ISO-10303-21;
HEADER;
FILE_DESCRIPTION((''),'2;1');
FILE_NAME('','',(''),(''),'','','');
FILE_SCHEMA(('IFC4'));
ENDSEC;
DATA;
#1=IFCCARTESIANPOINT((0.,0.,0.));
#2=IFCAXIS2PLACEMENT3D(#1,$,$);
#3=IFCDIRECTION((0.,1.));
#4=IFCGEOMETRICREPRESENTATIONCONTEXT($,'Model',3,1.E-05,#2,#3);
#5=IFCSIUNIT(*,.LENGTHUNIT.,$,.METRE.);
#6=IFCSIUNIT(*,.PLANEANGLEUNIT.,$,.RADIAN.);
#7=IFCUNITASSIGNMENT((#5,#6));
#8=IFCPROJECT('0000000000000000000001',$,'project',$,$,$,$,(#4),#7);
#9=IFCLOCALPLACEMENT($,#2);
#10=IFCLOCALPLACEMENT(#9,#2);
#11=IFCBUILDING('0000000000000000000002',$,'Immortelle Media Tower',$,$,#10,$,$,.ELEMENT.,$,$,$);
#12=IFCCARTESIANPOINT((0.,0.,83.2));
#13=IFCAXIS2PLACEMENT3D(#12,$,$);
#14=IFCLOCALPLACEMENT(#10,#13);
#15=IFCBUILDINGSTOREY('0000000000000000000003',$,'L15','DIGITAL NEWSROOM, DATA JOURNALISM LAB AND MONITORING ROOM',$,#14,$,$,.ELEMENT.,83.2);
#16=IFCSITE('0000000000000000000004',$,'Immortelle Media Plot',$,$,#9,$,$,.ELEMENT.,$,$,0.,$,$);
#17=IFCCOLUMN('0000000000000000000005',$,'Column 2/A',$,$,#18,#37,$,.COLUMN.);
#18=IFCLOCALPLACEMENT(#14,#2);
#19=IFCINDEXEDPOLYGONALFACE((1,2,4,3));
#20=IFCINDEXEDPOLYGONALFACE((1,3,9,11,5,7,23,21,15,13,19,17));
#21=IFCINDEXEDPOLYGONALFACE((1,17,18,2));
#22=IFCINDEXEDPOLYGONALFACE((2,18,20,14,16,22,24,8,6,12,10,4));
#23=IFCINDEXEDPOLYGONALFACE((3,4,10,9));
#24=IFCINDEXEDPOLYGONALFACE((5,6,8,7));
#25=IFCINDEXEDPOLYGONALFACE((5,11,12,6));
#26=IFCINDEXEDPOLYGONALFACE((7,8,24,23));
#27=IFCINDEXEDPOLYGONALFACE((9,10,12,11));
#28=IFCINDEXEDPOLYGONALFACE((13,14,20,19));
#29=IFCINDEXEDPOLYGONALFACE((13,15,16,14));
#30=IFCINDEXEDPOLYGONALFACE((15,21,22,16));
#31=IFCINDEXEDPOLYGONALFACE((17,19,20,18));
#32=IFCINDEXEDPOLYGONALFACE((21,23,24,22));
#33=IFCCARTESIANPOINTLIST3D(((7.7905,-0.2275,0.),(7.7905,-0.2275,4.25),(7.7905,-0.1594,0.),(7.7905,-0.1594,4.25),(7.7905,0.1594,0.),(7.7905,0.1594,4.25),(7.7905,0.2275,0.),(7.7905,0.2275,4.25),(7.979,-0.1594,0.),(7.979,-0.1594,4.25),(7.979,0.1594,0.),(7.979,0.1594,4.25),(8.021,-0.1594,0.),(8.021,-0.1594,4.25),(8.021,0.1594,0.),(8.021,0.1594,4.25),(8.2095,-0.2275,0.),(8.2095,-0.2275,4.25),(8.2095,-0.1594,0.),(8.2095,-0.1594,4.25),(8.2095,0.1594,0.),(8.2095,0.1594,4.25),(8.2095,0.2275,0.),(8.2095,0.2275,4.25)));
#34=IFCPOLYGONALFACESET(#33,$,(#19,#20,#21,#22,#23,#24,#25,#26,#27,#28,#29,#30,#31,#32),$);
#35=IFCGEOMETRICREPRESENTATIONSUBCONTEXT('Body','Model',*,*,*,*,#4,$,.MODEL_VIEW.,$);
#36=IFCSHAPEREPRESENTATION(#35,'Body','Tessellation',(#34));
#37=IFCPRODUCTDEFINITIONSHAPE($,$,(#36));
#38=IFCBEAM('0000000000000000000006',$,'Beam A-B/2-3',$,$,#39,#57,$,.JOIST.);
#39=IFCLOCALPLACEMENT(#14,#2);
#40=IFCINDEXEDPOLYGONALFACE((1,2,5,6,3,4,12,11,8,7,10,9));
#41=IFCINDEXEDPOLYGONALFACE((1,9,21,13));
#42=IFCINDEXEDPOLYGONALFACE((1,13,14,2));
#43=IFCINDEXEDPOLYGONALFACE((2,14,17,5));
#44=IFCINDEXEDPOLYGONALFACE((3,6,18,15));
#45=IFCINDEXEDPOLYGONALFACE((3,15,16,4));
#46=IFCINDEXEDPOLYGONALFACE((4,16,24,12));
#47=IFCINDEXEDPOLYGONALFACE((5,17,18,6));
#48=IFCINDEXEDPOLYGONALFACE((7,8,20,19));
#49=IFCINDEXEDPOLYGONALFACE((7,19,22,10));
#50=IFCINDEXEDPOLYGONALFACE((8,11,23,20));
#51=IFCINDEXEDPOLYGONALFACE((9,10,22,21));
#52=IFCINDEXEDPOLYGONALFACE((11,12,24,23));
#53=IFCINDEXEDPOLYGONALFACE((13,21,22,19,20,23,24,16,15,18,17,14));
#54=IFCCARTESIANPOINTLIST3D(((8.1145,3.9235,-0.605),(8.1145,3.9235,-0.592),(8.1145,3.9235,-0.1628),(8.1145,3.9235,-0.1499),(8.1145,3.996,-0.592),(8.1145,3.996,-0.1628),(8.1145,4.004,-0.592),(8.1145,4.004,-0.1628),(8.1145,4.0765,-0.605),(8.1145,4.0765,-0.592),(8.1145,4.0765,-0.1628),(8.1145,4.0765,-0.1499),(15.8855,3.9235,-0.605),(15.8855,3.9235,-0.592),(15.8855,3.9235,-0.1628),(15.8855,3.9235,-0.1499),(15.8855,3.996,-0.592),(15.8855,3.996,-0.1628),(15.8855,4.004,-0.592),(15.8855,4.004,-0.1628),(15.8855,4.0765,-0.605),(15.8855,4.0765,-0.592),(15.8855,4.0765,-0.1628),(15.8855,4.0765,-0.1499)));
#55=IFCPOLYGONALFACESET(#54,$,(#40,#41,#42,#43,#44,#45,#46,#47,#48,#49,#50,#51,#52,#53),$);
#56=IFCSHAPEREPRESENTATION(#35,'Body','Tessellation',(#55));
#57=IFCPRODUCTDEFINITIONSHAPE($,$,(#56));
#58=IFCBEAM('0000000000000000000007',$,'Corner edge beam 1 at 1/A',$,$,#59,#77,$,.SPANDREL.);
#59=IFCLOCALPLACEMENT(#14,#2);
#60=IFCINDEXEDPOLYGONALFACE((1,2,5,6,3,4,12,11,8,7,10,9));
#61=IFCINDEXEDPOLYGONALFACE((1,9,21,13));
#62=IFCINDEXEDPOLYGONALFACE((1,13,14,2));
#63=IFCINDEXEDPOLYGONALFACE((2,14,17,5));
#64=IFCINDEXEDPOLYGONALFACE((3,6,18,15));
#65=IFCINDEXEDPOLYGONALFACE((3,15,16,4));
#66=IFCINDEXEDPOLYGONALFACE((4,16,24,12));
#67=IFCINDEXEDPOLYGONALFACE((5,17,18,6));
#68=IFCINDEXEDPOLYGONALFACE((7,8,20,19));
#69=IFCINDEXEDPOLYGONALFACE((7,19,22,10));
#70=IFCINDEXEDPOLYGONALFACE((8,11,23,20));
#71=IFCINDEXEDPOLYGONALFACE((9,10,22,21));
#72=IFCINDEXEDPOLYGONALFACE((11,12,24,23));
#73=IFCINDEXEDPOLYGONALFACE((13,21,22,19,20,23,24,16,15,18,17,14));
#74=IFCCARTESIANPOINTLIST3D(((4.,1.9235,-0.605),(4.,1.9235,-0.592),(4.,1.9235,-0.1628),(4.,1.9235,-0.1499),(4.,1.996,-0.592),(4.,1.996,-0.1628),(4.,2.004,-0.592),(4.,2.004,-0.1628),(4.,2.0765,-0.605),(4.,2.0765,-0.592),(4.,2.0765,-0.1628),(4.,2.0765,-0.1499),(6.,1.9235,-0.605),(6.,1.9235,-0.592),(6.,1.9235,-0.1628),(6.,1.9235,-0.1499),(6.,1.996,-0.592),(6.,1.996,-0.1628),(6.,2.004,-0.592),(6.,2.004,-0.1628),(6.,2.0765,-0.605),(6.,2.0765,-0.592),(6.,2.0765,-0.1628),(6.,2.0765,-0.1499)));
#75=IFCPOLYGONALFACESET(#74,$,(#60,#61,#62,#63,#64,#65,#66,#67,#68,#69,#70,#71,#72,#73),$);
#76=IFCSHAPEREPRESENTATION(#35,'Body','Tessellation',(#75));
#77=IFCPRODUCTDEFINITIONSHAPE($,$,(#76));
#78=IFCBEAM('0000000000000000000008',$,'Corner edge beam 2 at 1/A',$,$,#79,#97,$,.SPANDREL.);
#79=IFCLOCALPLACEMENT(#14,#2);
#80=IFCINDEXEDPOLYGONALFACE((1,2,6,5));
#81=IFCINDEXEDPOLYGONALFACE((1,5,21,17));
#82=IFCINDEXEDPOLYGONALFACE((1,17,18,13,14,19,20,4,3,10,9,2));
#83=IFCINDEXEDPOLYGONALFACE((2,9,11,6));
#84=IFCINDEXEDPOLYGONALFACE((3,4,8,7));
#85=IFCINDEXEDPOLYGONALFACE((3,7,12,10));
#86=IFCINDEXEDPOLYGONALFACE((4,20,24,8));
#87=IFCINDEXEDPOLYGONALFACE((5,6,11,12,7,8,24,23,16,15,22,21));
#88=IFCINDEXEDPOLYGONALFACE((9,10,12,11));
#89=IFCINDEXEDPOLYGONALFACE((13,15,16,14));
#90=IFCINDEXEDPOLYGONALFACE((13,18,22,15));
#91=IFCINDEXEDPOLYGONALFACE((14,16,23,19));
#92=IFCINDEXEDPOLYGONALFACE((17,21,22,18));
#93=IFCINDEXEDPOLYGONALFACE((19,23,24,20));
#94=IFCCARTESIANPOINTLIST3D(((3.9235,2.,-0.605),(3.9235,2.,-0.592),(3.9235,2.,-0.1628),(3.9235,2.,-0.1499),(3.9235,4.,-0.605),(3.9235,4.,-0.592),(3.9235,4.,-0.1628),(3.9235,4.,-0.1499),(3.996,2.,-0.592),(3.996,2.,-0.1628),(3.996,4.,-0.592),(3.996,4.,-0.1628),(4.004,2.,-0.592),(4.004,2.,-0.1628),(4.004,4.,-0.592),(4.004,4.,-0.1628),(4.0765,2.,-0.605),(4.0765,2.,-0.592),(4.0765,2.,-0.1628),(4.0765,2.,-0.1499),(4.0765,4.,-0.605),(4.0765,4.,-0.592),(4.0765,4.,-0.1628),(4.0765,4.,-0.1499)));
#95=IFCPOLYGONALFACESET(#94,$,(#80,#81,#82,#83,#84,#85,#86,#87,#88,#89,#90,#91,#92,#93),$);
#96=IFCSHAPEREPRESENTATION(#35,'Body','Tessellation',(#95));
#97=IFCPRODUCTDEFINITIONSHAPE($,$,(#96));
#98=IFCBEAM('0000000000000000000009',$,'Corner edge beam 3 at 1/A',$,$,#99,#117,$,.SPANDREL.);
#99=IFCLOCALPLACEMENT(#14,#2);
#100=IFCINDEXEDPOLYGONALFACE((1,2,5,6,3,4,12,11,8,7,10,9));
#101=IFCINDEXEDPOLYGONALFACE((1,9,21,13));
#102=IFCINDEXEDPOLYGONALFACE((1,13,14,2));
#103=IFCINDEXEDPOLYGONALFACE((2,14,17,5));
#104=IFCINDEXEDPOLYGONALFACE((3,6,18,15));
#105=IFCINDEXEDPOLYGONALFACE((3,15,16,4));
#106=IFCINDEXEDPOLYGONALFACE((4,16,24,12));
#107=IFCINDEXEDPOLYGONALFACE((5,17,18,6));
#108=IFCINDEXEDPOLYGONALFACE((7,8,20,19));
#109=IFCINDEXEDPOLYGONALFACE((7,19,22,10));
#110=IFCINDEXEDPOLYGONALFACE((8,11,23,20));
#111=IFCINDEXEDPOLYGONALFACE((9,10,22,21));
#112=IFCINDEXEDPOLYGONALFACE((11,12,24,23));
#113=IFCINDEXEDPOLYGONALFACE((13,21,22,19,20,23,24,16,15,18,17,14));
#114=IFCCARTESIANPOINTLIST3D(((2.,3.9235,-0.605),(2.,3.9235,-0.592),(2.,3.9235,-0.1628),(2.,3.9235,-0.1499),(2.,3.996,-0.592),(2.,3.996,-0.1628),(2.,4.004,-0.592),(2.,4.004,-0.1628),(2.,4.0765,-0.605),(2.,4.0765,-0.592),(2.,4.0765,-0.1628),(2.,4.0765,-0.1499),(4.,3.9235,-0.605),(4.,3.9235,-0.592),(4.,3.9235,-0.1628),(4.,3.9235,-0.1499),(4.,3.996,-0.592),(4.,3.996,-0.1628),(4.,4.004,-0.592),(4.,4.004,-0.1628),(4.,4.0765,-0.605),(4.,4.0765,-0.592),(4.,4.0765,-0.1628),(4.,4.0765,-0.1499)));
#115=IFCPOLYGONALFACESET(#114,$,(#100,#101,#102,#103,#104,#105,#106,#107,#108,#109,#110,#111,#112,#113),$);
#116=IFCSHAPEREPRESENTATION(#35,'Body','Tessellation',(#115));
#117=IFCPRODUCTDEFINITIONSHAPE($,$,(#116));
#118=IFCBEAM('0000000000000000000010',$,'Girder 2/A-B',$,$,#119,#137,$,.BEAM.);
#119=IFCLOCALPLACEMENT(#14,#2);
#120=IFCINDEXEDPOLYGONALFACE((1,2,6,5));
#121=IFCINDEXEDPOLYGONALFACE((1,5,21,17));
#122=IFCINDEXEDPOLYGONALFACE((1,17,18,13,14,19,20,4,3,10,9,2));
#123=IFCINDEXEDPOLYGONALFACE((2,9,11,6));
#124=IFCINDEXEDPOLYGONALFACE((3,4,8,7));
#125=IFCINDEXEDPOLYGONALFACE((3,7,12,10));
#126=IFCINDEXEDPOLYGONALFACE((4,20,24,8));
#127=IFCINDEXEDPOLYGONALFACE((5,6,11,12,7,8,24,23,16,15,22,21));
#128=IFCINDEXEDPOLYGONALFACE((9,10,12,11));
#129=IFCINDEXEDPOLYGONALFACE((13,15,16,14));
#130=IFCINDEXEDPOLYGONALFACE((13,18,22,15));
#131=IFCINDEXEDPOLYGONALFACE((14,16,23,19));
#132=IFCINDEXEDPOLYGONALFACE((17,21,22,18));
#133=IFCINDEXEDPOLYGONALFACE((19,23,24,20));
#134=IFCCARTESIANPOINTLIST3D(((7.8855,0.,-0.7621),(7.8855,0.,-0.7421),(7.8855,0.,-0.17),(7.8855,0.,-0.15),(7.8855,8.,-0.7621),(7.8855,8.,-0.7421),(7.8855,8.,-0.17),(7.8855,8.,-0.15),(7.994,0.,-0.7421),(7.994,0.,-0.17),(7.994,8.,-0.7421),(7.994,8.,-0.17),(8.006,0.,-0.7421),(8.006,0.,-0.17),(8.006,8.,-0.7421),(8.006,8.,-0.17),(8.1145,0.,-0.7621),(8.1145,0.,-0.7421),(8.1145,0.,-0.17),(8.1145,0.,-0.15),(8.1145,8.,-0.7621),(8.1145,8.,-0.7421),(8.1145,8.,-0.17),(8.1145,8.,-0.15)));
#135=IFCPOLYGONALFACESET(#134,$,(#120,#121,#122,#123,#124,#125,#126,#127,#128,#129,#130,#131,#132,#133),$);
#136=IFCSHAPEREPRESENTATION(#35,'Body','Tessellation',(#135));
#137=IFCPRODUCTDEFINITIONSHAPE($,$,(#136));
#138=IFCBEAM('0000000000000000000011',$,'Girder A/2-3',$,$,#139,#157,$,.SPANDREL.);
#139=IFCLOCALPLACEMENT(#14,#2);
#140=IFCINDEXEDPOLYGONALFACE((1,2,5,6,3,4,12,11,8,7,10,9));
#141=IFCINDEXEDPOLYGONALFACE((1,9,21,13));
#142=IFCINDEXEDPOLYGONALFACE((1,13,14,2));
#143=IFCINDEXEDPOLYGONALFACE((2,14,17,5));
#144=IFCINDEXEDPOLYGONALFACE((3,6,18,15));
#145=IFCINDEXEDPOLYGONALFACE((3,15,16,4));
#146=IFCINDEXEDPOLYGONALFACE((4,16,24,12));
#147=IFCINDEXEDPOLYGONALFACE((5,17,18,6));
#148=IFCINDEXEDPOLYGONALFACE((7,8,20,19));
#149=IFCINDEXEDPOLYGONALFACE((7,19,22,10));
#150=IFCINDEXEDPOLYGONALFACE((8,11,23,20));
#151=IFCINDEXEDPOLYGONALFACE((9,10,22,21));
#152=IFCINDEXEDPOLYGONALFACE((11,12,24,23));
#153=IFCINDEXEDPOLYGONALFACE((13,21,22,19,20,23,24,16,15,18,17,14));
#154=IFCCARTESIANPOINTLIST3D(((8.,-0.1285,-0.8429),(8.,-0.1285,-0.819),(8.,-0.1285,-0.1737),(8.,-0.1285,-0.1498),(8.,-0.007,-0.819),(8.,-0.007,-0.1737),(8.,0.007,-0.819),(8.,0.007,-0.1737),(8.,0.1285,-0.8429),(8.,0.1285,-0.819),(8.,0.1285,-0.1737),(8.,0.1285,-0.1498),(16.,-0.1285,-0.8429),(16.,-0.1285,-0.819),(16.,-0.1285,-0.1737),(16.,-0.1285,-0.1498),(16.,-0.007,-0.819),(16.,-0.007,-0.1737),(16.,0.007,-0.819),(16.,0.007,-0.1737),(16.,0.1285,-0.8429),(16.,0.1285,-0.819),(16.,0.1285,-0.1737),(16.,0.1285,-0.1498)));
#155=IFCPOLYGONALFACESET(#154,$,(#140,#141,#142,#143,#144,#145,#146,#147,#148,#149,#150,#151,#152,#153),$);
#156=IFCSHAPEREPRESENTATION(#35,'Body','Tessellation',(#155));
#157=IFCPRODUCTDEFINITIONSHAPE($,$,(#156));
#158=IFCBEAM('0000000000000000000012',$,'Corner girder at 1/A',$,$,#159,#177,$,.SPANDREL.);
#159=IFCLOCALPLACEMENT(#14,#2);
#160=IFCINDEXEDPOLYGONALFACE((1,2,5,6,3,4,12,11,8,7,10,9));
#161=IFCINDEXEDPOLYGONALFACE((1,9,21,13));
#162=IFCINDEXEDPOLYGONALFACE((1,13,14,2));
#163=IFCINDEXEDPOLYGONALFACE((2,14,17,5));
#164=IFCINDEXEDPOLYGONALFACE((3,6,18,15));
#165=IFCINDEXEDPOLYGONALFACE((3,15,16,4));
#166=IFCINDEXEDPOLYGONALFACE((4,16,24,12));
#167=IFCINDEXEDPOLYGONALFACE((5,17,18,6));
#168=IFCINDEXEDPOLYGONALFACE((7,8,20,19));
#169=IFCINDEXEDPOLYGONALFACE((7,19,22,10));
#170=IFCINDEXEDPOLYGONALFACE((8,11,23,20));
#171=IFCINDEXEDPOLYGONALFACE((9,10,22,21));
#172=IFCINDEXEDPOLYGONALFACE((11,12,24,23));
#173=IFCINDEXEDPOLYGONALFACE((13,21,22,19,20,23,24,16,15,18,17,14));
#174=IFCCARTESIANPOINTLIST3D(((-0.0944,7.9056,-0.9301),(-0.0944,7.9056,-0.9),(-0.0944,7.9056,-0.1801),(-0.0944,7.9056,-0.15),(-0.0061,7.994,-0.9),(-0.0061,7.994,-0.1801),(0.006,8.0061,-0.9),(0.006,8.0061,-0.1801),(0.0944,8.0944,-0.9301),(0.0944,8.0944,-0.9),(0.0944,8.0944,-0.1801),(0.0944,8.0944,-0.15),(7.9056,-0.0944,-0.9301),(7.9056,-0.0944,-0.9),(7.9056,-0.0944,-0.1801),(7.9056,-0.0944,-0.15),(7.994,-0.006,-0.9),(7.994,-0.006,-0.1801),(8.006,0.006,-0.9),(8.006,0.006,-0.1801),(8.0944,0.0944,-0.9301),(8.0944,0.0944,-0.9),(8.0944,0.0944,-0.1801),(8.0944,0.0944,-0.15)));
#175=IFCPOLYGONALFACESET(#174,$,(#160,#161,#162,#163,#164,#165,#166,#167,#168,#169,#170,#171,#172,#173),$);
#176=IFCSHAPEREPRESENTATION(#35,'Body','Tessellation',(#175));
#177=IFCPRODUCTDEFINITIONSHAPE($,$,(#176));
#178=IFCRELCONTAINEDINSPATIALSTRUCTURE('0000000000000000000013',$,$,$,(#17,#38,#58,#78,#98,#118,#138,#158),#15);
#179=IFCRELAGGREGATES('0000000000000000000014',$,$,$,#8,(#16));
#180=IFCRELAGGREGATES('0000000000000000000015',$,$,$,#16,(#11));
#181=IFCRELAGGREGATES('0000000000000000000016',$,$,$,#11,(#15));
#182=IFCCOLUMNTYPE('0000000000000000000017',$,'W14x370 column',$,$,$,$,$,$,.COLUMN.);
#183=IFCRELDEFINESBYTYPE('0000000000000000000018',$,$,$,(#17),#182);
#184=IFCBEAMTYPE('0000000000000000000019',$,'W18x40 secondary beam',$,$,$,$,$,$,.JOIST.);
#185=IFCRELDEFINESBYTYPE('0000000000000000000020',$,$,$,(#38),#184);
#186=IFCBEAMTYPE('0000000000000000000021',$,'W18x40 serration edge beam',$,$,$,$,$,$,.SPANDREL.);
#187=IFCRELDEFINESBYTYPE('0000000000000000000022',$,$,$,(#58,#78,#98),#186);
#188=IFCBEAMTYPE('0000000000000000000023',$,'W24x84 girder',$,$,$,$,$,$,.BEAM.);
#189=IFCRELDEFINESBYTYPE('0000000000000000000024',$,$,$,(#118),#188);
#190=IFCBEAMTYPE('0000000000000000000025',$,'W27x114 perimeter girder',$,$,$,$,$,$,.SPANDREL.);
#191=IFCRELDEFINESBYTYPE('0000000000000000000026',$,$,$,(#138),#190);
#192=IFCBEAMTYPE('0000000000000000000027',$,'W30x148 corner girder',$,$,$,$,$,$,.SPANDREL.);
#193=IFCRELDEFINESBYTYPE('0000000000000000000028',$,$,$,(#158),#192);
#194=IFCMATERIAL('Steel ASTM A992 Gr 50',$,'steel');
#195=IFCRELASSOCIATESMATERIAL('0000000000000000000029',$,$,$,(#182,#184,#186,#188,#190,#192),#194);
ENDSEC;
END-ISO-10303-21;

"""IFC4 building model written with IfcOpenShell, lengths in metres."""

from ifc_helpers import new_model, si_unit, direction, frame, origin, origin_2d, place, context, subcontext, project, spatial, i_section, extrude, material, material_profile, profile_set, type_object, element, save


model = new_model("IFC4")

# Units and contexts
model_context = context("Model", 3, precision=1e-05, world=origin(), true_north=direction((0.0, 1.0)))
body_context = subcontext(model_context, "Body", "Model", "MODEL_VIEW")
ifc_project = project(units=[si_unit("LENGTHUNIT", "METRE"), si_unit("PLANEANGLEUNIT", "RADIAN")], contexts=[model_context])

# Site, building, storey
site_placement = place(None, origin())
site = spatial("IfcSite", under=ifc_project, at=site_placement, Name="Immortelle Media Plot", CompositionType="ELEMENT", RefElevation=0.0)
building_placement = place(site_placement, origin())
building = spatial("IfcBuilding", under=site, at=building_placement, Name="Immortelle Media Tower", CompositionType="ELEMENT")
storey_placement = place(building_placement, frame((0.0, 0.0, 83.2)))
storey = spatial("IfcBuildingStorey", under=building, at=storey_placement, Name="L15", Description="DIGITAL NEWSROOM, DATA JOURNALISM LAB AND MONITORING ROOM", CompositionType="ELEMENT", Elevation=83.2)

# Column
ifc_material_1 = material(Name="Steel ASTM A992 Gr 50", Category="steel")
ifc_material_profile_1 = material_profile(ifc_material_1, i_section(OverallWidth=0.4189, OverallDepth=0.4551, WebThickness=0.042, FlangeThickness=0.0681, at=origin_2d()), Name="W14x370")
ifc_profile_set_1 = profile_set([ifc_material_profile_1], Name="Steel ASTM A992 Gr 50")
column_type = type_object("IfcColumnType", Name="W14x370 column", PredefinedType="COLUMN", material=ifc_profile_set_1)
column_placement = place(storey_placement, frame((8.0, 0.0, 0.0), z_axis=(0.0, 0.0, 1.0), x_axis=(1.0, 0.0, 0.0)))
element("IfcColumn", 1, at=column_placement, inside=storey, type_object=column_type, Name="Column 2/A", PredefinedType="COLUMN", context=body_context, shape_type="SweptSolid", body=[
    extrude(i_section(OverallWidth=0.4189, OverallDepth=0.4551, WebThickness=0.042, FlangeThickness=0.0681, at=origin_2d()), origin(), (0.0, 0.0, 1.0), 4.25),
])

# Beams
ifc_material_profile_2 = material_profile(ifc_material_1, i_section(OverallWidth=0.1531, OverallDepth=0.4551, WebThickness=0.0081, FlangeThickness=0.0129, at=origin_2d()), Name="W18x40")
ifc_profile_set_2 = profile_set([ifc_material_profile_2], Name="Steel ASTM A992 Gr 50")
beam_type_1 = type_object("IfcBeamType", Name="W18x40 secondary beam", PredefinedType="JOIST", material=ifc_profile_set_2)
beam_1_placement = place(storey_placement, frame((8.1145, 4.0, -0.3774), z_axis=(1.0, 0.0, 0.0), x_axis=(0.0, 1.0, 0.0)))
element("IfcBeam", 2, at=beam_1_placement, inside=storey, type_object=beam_type_1, Name="Beam A-B/2-3", PredefinedType="JOIST", context=body_context, shape_type="SweptSolid", body=[
    extrude(i_section(OverallWidth=0.1531, OverallDepth=0.4551, WebThickness=0.0081, FlangeThickness=0.0129, at=origin_2d()), origin(), (0.0, 0.0, 1.0), 7.771),
])
ifc_material_profile_3 = material_profile(ifc_material_1, i_section(OverallWidth=0.1531, OverallDepth=0.4551, WebThickness=0.0081, FlangeThickness=0.0129, at=origin_2d()), Name="W18x40")
ifc_profile_set_3 = profile_set([ifc_material_profile_3], Name="Steel ASTM A992 Gr 50")
beam_type_2 = type_object("IfcBeamType", Name="W18x40 serration edge beam", PredefinedType="SPANDREL", material=ifc_profile_set_3)
for number, where, z_axis, x_axis, name in (
    (3, (6.0, 2.0, -0.3774), (-1.0, 0.0, 0.0), (0.0, -1.0, 0.0), "Corner edge beam 1 at 1/A"),
    (4, (4.0, 2.0, -0.3774), (0.0, 1.0, 0.0), (-1.0, 0.0, 0.0), "Corner edge beam 2 at 1/A"),
    (5, (4.0, 4.0, -0.3774), (-1.0, 0.0, 0.0), (0.0, -1.0, 0.0), "Corner edge beam 3 at 1/A"),
):
    element("IfcBeam", number, at=place(storey_placement, frame(where, z_axis=z_axis, x_axis=x_axis)), inside=storey, type_object=beam_type_2, Name=name, PredefinedType="SPANDREL", context=body_context, shape_type="SweptSolid", body=[
        extrude(i_section(OverallWidth=0.1531, OverallDepth=0.4551, WebThickness=0.0081, FlangeThickness=0.0129, at=origin_2d()), origin(), (0.0, 0.0, 1.0), 2.0),
    ])
ifc_material_profile_4 = material_profile(ifc_material_1, i_section(OverallWidth=0.229, OverallDepth=0.6121, WebThickness=0.012, FlangeThickness=0.02, at=origin_2d()), Name="W24x84")
ifc_profile_set_4 = profile_set([ifc_material_profile_4], Name="Steel ASTM A992 Gr 50")
beam_type_3 = type_object("IfcBeamType", Name="W24x84 girder", PredefinedType="BEAM", material=ifc_profile_set_4)
beam_2_placement = place(storey_placement, frame((8.0, 0.0, -0.4561), z_axis=(0.0, 1.0, 0.0), x_axis=(-1.0, 0.0, 0.0)))
element("IfcBeam", 6, at=beam_2_placement, inside=storey, type_object=beam_type_3, Name="Girder 2/A-B", PredefinedType="BEAM", context=body_context, shape_type="SweptSolid", body=[
    extrude(i_section(OverallWidth=0.229, OverallDepth=0.6121, WebThickness=0.012, FlangeThickness=0.02, at=origin_2d()), origin(), (0.0, 0.0, 1.0), 8.0),
])
ifc_material_profile_5 = material_profile(ifc_material_1, i_section(OverallWidth=0.2571, OverallDepth=0.6931, WebThickness=0.0139, FlangeThickness=0.0239, at=origin_2d()), Name="W27x114")
ifc_profile_set_5 = profile_set([ifc_material_profile_5], Name="Steel ASTM A992 Gr 50")
beam_type_4 = type_object("IfcBeamType", Name="W27x114 perimeter girder", PredefinedType="SPANDREL", material=ifc_profile_set_5)
beam_3_placement = place(storey_placement, frame((8.0, 0.0, -0.4963), z_axis=(1.0, 0.0, 0.0), x_axis=(0.0, 1.0, 0.0)))
element("IfcBeam", 7, at=beam_3_placement, inside=storey, type_object=beam_type_4, Name="Girder A/2-3", PredefinedType="SPANDREL", context=body_context, shape_type="SweptSolid", body=[
    extrude(i_section(OverallWidth=0.2571, OverallDepth=0.6931, WebThickness=0.0139, FlangeThickness=0.0239, at=origin_2d()), origin(), (0.0, 0.0, 1.0), 8.0),
])
ifc_material_profile_6 = material_profile(ifc_material_1, i_section(OverallWidth=0.2671, OverallDepth=0.78, WebThickness=0.0171, FlangeThickness=0.03, at=origin_2d()), Name="W30x148")
ifc_profile_set_6 = profile_set([ifc_material_profile_6], Name="Steel ASTM A992 Gr 50")
beam_type_5 = type_object("IfcBeamType", Name="W30x148 corner girder", PredefinedType="SPANDREL", material=ifc_profile_set_6)
beam_4_placement = place(storey_placement, frame((8.0, 0.0, -0.54), z_axis=(-0.707107, 0.707107, 0.0), x_axis=(-0.707107, -0.707107, 0.0)))
element("IfcBeam", 8, at=beam_4_placement, inside=storey, type_object=beam_type_5, Name="Corner girder at 1/A", PredefinedType="SPANDREL", context=body_context, shape_type="SweptSolid", body=[
    extrude(i_section(OverallWidth=0.2671, OverallDepth=0.78, WebThickness=0.0171, FlangeThickness=0.03, at=origin_2d()), origin(), (0.0, 0.0, 1.0), 11.3137),
])

save(model, "model.ifc")
